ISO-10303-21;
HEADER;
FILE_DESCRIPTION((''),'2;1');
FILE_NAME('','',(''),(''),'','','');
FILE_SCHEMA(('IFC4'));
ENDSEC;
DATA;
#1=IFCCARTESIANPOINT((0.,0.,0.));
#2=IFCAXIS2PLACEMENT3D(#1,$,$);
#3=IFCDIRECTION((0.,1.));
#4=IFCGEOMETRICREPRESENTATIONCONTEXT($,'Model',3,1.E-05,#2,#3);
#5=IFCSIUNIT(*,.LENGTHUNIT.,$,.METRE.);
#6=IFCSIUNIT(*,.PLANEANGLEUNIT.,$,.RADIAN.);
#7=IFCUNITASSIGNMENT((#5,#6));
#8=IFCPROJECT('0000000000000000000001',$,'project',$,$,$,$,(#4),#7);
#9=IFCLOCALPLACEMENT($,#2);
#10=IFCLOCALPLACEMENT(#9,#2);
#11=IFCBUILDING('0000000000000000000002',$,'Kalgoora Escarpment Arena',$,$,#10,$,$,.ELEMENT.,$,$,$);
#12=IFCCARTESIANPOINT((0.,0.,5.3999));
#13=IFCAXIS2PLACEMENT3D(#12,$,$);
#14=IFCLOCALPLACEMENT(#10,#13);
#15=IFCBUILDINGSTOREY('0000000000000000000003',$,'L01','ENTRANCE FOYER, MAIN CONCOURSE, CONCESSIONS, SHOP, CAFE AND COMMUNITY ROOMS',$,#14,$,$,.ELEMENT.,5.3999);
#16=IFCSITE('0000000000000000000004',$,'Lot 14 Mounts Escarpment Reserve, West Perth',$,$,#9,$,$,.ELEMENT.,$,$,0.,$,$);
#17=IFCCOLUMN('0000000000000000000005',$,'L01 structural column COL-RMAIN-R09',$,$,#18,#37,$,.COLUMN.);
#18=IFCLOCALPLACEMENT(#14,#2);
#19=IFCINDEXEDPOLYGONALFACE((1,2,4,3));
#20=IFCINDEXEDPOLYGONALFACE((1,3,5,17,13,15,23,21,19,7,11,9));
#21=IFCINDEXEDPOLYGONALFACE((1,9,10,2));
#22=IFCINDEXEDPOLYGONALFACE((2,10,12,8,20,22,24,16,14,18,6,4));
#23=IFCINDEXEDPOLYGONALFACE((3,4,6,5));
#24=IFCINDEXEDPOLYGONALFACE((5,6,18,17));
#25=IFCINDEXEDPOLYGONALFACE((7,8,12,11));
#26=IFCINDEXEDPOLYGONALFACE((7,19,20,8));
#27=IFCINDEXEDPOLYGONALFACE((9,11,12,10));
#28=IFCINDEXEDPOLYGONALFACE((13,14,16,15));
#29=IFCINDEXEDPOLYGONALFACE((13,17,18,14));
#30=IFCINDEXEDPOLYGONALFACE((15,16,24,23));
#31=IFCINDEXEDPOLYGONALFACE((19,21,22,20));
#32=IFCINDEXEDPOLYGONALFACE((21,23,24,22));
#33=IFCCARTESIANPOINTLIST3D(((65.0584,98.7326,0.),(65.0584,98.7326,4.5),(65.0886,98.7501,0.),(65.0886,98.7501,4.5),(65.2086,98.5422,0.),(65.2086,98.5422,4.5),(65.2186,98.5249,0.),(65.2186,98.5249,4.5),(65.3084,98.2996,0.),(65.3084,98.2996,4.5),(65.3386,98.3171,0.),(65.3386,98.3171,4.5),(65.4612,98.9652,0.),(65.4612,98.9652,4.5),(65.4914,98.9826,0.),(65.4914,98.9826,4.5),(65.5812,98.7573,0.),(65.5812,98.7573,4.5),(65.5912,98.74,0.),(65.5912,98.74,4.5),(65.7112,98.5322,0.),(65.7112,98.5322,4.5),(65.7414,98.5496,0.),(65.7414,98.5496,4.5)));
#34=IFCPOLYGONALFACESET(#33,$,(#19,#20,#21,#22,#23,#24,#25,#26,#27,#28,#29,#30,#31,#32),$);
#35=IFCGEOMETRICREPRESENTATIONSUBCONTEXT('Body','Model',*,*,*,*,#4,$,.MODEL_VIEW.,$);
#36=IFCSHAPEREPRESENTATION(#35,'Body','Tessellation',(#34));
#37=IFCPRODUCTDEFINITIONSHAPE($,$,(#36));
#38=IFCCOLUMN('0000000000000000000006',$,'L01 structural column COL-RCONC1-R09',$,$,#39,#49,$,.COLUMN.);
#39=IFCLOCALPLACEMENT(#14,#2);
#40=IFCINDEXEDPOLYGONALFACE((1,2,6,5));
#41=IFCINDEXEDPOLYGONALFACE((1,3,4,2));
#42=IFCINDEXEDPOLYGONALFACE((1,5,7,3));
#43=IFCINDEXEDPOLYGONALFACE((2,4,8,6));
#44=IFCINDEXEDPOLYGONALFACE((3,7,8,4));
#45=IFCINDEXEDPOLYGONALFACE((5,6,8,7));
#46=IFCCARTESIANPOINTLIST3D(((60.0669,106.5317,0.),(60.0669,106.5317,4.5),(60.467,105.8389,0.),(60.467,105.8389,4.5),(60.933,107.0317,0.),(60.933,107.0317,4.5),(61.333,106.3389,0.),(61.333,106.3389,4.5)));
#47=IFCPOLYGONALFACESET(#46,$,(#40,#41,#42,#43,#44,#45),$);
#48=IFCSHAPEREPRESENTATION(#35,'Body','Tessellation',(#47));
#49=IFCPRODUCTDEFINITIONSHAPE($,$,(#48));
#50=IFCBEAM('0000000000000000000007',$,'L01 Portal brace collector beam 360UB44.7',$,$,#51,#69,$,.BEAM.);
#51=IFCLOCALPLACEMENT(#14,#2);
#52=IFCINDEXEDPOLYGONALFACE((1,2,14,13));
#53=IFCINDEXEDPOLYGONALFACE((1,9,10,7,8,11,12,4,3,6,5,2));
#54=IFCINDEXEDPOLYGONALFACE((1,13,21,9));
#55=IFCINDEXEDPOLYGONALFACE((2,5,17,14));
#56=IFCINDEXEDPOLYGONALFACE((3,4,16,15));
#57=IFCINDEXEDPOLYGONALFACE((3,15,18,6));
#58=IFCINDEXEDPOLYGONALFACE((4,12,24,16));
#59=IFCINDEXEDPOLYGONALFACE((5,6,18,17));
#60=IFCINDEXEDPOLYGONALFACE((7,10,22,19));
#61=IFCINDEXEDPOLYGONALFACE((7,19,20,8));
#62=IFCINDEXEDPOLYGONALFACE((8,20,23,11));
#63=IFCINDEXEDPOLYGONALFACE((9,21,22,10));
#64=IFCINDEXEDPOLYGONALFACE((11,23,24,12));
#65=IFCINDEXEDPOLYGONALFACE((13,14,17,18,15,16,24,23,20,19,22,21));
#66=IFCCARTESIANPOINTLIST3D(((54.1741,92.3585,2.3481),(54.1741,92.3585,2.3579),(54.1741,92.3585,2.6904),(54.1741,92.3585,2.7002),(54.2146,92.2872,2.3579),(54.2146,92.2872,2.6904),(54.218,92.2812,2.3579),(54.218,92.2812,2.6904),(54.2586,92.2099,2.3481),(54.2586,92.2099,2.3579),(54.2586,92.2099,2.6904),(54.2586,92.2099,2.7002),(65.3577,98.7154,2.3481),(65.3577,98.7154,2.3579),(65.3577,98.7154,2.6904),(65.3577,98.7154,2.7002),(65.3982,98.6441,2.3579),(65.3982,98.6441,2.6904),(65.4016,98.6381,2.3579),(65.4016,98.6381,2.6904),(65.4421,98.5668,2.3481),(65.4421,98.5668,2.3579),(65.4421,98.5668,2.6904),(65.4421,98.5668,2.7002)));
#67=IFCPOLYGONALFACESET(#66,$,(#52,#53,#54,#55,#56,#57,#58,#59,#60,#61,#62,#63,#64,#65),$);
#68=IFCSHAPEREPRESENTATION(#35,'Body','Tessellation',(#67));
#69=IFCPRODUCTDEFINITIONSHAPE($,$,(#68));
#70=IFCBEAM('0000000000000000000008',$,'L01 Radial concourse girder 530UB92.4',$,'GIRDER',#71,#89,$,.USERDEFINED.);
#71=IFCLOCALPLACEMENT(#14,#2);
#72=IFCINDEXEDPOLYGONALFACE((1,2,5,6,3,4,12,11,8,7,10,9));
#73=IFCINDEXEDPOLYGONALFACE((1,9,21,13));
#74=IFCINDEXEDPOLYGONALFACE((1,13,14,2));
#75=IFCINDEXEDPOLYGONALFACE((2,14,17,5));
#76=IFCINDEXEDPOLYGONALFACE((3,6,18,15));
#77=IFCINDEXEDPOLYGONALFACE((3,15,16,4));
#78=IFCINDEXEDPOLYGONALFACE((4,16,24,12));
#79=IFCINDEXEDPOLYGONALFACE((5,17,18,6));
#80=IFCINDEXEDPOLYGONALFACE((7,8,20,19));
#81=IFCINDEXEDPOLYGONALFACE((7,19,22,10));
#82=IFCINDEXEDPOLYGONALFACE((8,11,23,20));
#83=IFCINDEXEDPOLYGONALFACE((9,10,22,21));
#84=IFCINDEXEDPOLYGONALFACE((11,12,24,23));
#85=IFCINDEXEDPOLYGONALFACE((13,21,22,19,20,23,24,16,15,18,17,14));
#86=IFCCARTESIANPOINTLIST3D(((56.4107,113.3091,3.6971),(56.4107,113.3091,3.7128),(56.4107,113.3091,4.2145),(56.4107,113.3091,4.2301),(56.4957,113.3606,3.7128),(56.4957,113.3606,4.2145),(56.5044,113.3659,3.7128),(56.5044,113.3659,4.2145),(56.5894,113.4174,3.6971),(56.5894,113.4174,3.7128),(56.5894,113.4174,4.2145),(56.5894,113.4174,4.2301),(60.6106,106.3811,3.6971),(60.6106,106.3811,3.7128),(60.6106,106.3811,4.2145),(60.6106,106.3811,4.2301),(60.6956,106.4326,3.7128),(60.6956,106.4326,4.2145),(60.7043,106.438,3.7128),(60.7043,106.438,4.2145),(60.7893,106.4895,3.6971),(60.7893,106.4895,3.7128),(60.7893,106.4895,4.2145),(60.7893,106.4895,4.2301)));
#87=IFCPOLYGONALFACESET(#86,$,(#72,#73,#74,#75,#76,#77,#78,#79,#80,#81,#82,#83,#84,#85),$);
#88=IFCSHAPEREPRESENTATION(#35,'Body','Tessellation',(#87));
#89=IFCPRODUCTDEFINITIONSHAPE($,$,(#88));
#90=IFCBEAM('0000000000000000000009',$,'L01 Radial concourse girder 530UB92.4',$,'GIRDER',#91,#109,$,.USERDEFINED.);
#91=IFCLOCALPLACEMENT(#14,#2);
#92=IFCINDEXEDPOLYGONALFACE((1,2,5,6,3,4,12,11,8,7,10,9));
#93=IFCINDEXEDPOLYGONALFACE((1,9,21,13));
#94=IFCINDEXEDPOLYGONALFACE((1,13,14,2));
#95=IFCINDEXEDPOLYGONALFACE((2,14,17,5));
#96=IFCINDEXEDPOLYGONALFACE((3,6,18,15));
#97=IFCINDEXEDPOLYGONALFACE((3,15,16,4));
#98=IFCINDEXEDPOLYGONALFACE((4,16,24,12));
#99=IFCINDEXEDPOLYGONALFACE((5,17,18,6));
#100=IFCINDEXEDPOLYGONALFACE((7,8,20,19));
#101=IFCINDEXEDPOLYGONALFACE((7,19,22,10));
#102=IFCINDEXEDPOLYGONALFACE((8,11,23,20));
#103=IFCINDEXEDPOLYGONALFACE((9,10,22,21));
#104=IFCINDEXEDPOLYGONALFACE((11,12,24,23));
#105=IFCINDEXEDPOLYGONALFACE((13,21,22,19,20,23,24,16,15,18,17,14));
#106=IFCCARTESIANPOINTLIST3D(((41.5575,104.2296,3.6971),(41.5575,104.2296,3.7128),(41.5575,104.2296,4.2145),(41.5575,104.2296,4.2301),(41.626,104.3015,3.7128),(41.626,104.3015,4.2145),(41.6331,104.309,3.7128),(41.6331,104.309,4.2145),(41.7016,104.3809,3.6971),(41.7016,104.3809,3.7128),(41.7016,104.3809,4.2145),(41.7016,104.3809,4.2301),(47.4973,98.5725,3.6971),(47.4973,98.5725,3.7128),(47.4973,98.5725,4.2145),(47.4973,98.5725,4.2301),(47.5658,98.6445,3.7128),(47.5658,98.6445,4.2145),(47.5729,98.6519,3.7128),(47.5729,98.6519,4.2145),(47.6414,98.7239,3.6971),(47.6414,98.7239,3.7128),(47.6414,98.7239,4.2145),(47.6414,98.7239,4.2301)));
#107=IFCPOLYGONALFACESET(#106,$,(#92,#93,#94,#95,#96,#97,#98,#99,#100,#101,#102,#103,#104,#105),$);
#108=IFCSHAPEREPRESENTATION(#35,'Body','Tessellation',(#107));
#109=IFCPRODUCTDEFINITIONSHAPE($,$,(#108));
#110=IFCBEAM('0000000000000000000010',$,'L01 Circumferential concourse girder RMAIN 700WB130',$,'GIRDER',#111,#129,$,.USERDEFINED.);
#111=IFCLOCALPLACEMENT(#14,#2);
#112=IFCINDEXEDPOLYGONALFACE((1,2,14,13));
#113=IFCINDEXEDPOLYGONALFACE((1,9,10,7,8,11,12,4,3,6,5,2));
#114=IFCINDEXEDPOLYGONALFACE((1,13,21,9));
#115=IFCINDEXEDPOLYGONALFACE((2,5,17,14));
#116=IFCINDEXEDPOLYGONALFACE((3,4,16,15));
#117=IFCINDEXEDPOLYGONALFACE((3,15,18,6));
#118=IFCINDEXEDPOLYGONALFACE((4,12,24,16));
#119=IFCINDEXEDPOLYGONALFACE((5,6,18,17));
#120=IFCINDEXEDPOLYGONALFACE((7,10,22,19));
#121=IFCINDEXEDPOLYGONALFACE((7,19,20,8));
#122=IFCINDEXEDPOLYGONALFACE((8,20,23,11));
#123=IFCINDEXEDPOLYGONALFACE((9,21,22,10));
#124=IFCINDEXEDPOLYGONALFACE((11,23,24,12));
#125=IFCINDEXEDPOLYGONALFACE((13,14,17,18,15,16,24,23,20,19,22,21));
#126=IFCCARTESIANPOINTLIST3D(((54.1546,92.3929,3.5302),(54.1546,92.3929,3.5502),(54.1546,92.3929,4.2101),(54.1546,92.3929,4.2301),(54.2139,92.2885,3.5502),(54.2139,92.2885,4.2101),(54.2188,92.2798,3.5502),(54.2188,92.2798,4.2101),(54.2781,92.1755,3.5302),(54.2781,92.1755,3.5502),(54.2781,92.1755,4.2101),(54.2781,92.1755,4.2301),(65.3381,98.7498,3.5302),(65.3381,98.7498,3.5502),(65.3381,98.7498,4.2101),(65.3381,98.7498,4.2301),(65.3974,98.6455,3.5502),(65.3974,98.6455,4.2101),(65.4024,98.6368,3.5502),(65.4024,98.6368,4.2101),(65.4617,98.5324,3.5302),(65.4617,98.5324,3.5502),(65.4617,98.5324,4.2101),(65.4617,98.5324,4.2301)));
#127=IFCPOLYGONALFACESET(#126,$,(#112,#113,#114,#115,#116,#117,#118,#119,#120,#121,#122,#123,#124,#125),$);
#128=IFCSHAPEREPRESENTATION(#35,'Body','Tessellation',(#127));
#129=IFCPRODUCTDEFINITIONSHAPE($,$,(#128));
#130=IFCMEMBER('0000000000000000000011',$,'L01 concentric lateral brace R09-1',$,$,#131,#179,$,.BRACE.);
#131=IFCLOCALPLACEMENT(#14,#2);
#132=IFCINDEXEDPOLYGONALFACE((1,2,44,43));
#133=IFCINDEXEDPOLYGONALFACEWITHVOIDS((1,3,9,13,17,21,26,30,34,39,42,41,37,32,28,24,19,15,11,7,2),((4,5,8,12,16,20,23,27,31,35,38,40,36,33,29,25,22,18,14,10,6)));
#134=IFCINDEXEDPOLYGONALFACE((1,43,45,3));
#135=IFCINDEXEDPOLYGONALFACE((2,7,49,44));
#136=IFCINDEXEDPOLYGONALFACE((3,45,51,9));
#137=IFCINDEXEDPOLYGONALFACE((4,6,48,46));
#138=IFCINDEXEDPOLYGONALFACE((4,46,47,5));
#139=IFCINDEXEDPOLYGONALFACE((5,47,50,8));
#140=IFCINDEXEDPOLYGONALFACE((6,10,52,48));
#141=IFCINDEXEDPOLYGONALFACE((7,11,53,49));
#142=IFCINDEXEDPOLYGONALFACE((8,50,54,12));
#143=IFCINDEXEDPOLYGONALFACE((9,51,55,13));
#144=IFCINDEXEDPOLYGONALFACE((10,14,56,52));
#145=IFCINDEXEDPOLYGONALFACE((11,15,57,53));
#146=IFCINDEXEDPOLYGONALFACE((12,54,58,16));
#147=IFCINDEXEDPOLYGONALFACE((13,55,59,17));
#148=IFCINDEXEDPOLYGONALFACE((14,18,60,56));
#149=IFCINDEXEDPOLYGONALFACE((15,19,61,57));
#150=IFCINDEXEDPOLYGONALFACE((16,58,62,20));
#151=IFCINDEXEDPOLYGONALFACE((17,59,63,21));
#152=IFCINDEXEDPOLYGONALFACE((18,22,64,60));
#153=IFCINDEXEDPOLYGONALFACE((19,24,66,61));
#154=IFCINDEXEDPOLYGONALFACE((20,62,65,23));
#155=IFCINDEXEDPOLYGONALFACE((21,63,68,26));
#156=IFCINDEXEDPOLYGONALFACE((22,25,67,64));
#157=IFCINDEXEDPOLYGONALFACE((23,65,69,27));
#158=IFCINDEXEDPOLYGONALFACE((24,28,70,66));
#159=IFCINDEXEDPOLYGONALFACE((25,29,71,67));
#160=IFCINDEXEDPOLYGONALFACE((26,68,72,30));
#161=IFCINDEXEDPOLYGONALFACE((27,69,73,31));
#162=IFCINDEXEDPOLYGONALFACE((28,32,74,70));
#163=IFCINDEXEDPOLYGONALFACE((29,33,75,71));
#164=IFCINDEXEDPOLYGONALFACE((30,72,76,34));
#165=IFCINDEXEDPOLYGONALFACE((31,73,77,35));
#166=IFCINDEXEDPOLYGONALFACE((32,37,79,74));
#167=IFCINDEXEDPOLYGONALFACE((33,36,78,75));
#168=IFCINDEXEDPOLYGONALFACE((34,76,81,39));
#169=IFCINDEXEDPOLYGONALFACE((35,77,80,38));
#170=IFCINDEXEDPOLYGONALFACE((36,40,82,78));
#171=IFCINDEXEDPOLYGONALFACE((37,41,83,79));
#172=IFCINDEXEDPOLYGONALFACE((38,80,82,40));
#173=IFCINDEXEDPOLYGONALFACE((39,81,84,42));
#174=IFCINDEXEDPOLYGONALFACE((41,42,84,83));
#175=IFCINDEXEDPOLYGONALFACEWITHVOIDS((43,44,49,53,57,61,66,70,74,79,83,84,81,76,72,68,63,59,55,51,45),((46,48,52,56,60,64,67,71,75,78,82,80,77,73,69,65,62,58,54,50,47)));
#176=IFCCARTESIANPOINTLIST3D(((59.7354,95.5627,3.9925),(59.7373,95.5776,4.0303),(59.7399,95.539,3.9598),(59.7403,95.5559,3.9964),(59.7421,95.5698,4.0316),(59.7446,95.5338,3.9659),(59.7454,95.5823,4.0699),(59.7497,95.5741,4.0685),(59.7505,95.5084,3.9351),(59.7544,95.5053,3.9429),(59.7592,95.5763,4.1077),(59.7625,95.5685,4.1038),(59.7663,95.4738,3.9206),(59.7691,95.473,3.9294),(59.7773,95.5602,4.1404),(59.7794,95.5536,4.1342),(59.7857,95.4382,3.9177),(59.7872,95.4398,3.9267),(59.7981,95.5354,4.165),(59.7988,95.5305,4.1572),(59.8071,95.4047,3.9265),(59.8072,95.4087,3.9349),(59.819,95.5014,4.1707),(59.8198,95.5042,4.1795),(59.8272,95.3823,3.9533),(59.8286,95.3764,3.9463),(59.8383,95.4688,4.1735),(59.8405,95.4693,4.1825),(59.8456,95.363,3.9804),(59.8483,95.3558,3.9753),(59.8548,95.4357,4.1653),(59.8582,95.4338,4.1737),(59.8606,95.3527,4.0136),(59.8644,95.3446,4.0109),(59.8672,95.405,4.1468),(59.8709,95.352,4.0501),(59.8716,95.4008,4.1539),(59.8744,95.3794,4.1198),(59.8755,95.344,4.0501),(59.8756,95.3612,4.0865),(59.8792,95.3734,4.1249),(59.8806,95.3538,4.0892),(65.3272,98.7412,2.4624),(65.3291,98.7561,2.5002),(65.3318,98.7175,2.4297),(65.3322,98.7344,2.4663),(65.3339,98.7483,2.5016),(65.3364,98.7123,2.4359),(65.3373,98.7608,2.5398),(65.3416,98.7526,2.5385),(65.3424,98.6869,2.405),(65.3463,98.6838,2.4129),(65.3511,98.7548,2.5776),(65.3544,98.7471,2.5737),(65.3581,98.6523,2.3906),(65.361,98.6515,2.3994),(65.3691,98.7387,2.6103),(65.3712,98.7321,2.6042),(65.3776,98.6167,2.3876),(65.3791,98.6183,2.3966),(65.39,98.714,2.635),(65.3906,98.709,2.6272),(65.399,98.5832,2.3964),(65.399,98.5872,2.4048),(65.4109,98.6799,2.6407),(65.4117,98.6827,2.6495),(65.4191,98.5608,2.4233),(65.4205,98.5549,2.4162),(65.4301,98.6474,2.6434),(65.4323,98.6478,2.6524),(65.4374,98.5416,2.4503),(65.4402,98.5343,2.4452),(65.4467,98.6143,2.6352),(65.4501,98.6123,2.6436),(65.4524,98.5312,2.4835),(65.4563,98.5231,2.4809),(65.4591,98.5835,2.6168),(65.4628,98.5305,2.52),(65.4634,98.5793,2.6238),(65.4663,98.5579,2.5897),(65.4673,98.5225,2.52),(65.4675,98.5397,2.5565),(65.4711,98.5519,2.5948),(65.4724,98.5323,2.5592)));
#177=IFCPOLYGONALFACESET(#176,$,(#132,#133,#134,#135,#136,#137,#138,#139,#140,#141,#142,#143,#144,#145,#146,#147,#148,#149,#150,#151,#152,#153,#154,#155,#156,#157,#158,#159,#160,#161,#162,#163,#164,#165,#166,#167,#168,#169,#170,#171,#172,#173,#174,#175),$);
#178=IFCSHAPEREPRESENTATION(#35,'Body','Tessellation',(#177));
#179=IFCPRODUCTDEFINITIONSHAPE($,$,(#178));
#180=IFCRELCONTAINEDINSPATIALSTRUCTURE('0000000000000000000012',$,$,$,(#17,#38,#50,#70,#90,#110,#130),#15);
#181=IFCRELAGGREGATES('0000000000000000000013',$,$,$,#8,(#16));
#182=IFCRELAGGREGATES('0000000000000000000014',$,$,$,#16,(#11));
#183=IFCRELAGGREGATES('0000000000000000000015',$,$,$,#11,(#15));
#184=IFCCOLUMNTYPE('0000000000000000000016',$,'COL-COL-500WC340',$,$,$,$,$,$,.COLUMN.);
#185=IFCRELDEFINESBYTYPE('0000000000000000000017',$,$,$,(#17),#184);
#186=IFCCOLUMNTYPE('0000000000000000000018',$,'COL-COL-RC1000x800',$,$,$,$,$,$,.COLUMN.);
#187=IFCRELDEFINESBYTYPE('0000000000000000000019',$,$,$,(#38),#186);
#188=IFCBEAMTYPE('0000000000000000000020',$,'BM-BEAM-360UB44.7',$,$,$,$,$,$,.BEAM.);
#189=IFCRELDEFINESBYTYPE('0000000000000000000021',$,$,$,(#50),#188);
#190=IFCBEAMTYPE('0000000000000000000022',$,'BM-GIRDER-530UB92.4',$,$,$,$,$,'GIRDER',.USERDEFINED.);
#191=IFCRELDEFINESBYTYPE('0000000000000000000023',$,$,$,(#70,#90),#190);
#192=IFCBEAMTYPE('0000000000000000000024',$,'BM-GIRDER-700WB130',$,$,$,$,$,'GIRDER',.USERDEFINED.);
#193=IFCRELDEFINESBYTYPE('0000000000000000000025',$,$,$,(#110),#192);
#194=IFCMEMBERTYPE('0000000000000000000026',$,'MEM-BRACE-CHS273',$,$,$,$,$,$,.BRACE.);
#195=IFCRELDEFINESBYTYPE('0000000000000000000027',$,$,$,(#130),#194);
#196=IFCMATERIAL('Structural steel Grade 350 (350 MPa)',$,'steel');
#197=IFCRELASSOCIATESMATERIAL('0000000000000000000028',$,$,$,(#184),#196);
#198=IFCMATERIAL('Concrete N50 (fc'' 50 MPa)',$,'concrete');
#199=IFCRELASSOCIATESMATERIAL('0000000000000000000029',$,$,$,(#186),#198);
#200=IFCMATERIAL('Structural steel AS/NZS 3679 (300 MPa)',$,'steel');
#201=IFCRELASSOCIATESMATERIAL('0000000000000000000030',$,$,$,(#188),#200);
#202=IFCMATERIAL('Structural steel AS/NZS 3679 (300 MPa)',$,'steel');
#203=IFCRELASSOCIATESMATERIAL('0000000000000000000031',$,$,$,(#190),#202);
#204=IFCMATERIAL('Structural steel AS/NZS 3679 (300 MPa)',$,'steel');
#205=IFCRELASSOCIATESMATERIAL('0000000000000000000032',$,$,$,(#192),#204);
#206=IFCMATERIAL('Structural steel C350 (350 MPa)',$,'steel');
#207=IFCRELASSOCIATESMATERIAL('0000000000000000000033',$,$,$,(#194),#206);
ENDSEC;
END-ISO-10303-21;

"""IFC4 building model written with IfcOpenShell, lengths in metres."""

from ifc_helpers import new_model, si_unit, direction, frame, origin, origin_2d, place, context, subcontext, project, spatial, rectangle, hollow_circle, i_section, extrude, material, material_profile, profile_set, type_object, element, save


model = new_model("IFC4")

# Units and contexts
model_context = context("Model", 3, precision=1e-05, world=origin(), true_north=direction((0.0, 1.0)))
body_context = subcontext(model_context, "Body", "Model", "MODEL_VIEW")
ifc_project = project(units=[si_unit("LENGTHUNIT", "METRE"), si_unit("PLANEANGLEUNIT", "RADIAN")], contexts=[model_context])

# Site, building, storey
site_placement = place(None, origin())
site = spatial("IfcSite", under=ifc_project, at=site_placement, Name="Lot 14 Mounts Escarpment Reserve, West Perth", CompositionType="ELEMENT", RefElevation=0.0)
building_placement = place(site_placement, origin())
building = spatial("IfcBuilding", under=site, at=building_placement, Name="Kalgoora Escarpment Arena", CompositionType="ELEMENT")
storey_placement = place(building_placement, frame((0.0, 0.0, 5.3999)))
storey = spatial("IfcBuildingStorey", under=building, at=storey_placement, Name="L01", Description="ENTRANCE FOYER, MAIN CONCOURSE, CONCESSIONS, SHOP, CAFE AND COMMUNITY ROOMS", CompositionType="ELEMENT", Elevation=5.3999)

# Columns
ifc_material_1 = material(Name="Structural steel Grade 350 (350 MPa)", Category="steel")
ifc_material_profile_1 = material_profile(ifc_material_1, i_section(OverallWidth=0.5, OverallDepth=0.5, WebThickness=0.02, FlangeThickness=0.0349, at=origin_2d()))
ifc_profile_set_1 = profile_set([ifc_material_profile_1], Name="Structural steel Grade 350 (350 MPa)")
column_type_1 = type_object("IfcColumnType", Name="COL-COL-500WC340", PredefinedType="COLUMN", material=ifc_profile_set_1)
column_1_placement = place(storey_placement, frame((65.3999, 98.6411, 0.0), z_axis=(0.0, 0.0, 1.0), x_axis=(-0.5, 0.866025, 0.0)))
element("IfcColumn", 1, at=column_1_placement, inside=storey, type_object=column_type_1, Name="L01 structural column COL-RMAIN-R09", PredefinedType="COLUMN", context=body_context, shape_type="SweptSolid", body=[
    extrude(i_section(OverallWidth=0.5, OverallDepth=0.5, WebThickness=0.02, FlangeThickness=0.0349, at=origin_2d()), origin(), (0.0, 0.0, 1.0), 4.5),
])
ifc_material_2 = material(Name="Concrete N50 (fc' 50 MPa)", Category="concrete")
ifc_material_profile_2 = material_profile(ifc_material_2, rectangle(XDim=0.8, YDim=1.0, at=origin_2d()))
ifc_profile_set_2 = profile_set([ifc_material_profile_2], Name="Concrete N50 (fc' 50 MPa)")
column_type_2 = type_object("IfcColumnType", Name="COL-COL-RC1000x800", PredefinedType="COLUMN", material=ifc_profile_set_2)
column_2_placement = place(storey_placement, frame((60.7, 106.4353, 0.0), z_axis=(0.0, 0.0, 1.0), x_axis=(-0.5, 0.866025, 0.0)))
element("IfcColumn", 2, at=column_2_placement, inside=storey, type_object=column_type_2, Name="L01 structural column COL-RCONC1-R09", PredefinedType="COLUMN", context=body_context, shape_type="SweptSolid", body=[
    extrude(rectangle(XDim=0.8, YDim=1.0, at=origin_2d()), origin(), (0.0, 0.0, 1.0), 4.5),
])

# Beams
ifc_material_3 = material(Name="Structural steel AS/NZS 3679 (300 MPa)", Category="steel")
ifc_material_profile_3 = material_profile(ifc_material_3, i_section(OverallWidth=0.1709, OverallDepth=0.3521, WebThickness=0.0068, FlangeThickness=0.0098, at=origin_2d()))
ifc_profile_set_3 = profile_set([ifc_material_profile_3], Name="Structural steel AS/NZS 3679 (300 MPa)")
beam_type_1 = type_object("IfcBeamType", Name="BM-BEAM-360UB44.7", PredefinedType="BEAM", material=ifc_profile_set_3)
beam_1_placement = place(storey_placement, frame((65.3999, 98.6411, 2.5242), z_axis=(-0.869369, -0.494163, 0.0), x_axis=(0.494163, -0.869369, 0.0)))
element("IfcBeam", 3, at=beam_1_placement, inside=storey, type_object=beam_type_1, Name="L01 Portal brace collector beam 360UB44.7", PredefinedType="BEAM", context=body_context, shape_type="SweptSolid", body=[
    extrude(i_section(OverallWidth=0.1709, OverallDepth=0.3521, WebThickness=0.0068, FlangeThickness=0.0098, at=origin_2d()), origin(), (0.0, 0.0, 1.0), 12.864),
])
ifc_material_4 = material(Name="Structural steel AS/NZS 3679 (300 MPa)", Category="steel")
ifc_material_profile_4 = material_profile(ifc_material_4, i_section(OverallWidth=0.209, OverallDepth=0.533, WebThickness=0.0103, FlangeThickness=0.0156, at=origin_2d()))
ifc_profile_set_4 = profile_set([ifc_material_profile_4], Name="Structural steel AS/NZS 3679 (300 MPa)")
beam_type_2 = type_object("IfcBeamType", Name="BM-GIRDER-530UB92.4", ElementType="GIRDER", PredefinedType="USERDEFINED", material=ifc_profile_set_4)
beam_2_placement = place(storey_placement, frame((60.7, 106.4353, 3.9636), z_axis=(-0.518408, 0.855133, 0.0), x_axis=(-0.855133, -0.518408, 0.0)))
element("IfcBeam", 4, at=beam_2_placement, inside=storey, type_object=beam_type_2, Name="L01 Radial concourse girder 530UB92.4", ObjectType="GIRDER", PredefinedType="USERDEFINED", context=body_context, shape_type="SweptSolid", body=[
    extrude(i_section(OverallWidth=0.209, OverallDepth=0.533, WebThickness=0.0103, FlangeThickness=0.0156, at=origin_2d()), origin(), (0.0, 0.0, 1.0), 8.1016),
])
beam_3_placement = place(storey_placement, frame((47.5693, 98.6482, 3.9636), z_axis=(-0.72413, 0.689663, 0.0), x_axis=(-0.689663, -0.72413, 0.0)))
element("IfcBeam", 5, at=beam_3_placement, inside=storey, type_object=beam_type_2, Name="L01 Radial concourse girder 530UB92.4", ObjectType="GIRDER", PredefinedType="USERDEFINED", context=body_context, shape_type="SweptSolid", body=[
    extrude(i_section(OverallWidth=0.209, OverallDepth=0.533, WebThickness=0.0103, FlangeThickness=0.0156, at=origin_2d()), origin(), (0.0, 0.0, 1.0), 8.2026),
])
ifc_material_5 = material(Name="Structural steel AS/NZS 3679 (300 MPa)", Category="steel")
ifc_material_profile_5 = material_profile(ifc_material_5, i_section(OverallWidth=0.25, OverallDepth=0.7, WebThickness=0.01, FlangeThickness=0.02, at=origin_2d()))
ifc_profile_set_5 = profile_set([ifc_material_profile_5], Name="Structural steel AS/NZS 3679 (300 MPa)")
beam_type_3 = type_object("IfcBeamType", Name="BM-GIRDER-700WB130", ElementType="GIRDER", PredefinedType="USERDEFINED", material=ifc_profile_set_5)
beam_4_placement = place(storey_placement, frame((65.3999, 98.6411, 3.8801), z_axis=(-0.869369, -0.494163, 0.0), x_axis=(0.494163, -0.869369, 0.0)))
element("IfcBeam", 6, at=beam_4_placement, inside=storey, type_object=beam_type_3, Name="L01 Circumferential concourse girder RMAIN 700WB130", ObjectType="GIRDER", PredefinedType="USERDEFINED", context=body_context, shape_type="SweptSolid", body=[
    extrude(i_section(OverallWidth=0.25, OverallDepth=0.7, WebThickness=0.01, FlangeThickness=0.02, at=origin_2d()), origin(), (0.0, 0.0, 1.0), 12.864),
])

# Member
ifc_material_6 = material(Name="Structural steel C350 (350 MPa)", Category="steel")
ifc_material_profile_6 = material_profile(ifc_material_6, hollow_circle(Radius=0.1365, WallThickness=0.0093, at=origin_2d()))
ifc_profile_set_6 = profile_set([ifc_material_profile_6], Name="Structural steel C350 (350 MPa)")
member_type_1 = type_object("IfcMemberType", Name="MEM-BRACE-CHS273", PredefinedType="BRACE", material=ifc_profile_set_6)
member_1_placement = place(storey_placement, frame((65.3999, 98.6411, 2.52), z_axis=(-0.845769, -0.480749, 0.23142), x_axis=(0.494163, -0.869369, 0.0)))
element("IfcMember", 7, at=member_1_placement, inside=storey, type_object=member_type_1, Name="L01 concentric lateral brace R09-1", PredefinedType="BRACE", context=body_context, shape_type="SweptSolid", body=[
    extrude(hollow_circle(Radius=0.1365, WallThickness=0.0093, at=origin_2d()), origin(), (0.0, 0.0, 1.0), 6.6116),
])

save(model, "model.ifc")
